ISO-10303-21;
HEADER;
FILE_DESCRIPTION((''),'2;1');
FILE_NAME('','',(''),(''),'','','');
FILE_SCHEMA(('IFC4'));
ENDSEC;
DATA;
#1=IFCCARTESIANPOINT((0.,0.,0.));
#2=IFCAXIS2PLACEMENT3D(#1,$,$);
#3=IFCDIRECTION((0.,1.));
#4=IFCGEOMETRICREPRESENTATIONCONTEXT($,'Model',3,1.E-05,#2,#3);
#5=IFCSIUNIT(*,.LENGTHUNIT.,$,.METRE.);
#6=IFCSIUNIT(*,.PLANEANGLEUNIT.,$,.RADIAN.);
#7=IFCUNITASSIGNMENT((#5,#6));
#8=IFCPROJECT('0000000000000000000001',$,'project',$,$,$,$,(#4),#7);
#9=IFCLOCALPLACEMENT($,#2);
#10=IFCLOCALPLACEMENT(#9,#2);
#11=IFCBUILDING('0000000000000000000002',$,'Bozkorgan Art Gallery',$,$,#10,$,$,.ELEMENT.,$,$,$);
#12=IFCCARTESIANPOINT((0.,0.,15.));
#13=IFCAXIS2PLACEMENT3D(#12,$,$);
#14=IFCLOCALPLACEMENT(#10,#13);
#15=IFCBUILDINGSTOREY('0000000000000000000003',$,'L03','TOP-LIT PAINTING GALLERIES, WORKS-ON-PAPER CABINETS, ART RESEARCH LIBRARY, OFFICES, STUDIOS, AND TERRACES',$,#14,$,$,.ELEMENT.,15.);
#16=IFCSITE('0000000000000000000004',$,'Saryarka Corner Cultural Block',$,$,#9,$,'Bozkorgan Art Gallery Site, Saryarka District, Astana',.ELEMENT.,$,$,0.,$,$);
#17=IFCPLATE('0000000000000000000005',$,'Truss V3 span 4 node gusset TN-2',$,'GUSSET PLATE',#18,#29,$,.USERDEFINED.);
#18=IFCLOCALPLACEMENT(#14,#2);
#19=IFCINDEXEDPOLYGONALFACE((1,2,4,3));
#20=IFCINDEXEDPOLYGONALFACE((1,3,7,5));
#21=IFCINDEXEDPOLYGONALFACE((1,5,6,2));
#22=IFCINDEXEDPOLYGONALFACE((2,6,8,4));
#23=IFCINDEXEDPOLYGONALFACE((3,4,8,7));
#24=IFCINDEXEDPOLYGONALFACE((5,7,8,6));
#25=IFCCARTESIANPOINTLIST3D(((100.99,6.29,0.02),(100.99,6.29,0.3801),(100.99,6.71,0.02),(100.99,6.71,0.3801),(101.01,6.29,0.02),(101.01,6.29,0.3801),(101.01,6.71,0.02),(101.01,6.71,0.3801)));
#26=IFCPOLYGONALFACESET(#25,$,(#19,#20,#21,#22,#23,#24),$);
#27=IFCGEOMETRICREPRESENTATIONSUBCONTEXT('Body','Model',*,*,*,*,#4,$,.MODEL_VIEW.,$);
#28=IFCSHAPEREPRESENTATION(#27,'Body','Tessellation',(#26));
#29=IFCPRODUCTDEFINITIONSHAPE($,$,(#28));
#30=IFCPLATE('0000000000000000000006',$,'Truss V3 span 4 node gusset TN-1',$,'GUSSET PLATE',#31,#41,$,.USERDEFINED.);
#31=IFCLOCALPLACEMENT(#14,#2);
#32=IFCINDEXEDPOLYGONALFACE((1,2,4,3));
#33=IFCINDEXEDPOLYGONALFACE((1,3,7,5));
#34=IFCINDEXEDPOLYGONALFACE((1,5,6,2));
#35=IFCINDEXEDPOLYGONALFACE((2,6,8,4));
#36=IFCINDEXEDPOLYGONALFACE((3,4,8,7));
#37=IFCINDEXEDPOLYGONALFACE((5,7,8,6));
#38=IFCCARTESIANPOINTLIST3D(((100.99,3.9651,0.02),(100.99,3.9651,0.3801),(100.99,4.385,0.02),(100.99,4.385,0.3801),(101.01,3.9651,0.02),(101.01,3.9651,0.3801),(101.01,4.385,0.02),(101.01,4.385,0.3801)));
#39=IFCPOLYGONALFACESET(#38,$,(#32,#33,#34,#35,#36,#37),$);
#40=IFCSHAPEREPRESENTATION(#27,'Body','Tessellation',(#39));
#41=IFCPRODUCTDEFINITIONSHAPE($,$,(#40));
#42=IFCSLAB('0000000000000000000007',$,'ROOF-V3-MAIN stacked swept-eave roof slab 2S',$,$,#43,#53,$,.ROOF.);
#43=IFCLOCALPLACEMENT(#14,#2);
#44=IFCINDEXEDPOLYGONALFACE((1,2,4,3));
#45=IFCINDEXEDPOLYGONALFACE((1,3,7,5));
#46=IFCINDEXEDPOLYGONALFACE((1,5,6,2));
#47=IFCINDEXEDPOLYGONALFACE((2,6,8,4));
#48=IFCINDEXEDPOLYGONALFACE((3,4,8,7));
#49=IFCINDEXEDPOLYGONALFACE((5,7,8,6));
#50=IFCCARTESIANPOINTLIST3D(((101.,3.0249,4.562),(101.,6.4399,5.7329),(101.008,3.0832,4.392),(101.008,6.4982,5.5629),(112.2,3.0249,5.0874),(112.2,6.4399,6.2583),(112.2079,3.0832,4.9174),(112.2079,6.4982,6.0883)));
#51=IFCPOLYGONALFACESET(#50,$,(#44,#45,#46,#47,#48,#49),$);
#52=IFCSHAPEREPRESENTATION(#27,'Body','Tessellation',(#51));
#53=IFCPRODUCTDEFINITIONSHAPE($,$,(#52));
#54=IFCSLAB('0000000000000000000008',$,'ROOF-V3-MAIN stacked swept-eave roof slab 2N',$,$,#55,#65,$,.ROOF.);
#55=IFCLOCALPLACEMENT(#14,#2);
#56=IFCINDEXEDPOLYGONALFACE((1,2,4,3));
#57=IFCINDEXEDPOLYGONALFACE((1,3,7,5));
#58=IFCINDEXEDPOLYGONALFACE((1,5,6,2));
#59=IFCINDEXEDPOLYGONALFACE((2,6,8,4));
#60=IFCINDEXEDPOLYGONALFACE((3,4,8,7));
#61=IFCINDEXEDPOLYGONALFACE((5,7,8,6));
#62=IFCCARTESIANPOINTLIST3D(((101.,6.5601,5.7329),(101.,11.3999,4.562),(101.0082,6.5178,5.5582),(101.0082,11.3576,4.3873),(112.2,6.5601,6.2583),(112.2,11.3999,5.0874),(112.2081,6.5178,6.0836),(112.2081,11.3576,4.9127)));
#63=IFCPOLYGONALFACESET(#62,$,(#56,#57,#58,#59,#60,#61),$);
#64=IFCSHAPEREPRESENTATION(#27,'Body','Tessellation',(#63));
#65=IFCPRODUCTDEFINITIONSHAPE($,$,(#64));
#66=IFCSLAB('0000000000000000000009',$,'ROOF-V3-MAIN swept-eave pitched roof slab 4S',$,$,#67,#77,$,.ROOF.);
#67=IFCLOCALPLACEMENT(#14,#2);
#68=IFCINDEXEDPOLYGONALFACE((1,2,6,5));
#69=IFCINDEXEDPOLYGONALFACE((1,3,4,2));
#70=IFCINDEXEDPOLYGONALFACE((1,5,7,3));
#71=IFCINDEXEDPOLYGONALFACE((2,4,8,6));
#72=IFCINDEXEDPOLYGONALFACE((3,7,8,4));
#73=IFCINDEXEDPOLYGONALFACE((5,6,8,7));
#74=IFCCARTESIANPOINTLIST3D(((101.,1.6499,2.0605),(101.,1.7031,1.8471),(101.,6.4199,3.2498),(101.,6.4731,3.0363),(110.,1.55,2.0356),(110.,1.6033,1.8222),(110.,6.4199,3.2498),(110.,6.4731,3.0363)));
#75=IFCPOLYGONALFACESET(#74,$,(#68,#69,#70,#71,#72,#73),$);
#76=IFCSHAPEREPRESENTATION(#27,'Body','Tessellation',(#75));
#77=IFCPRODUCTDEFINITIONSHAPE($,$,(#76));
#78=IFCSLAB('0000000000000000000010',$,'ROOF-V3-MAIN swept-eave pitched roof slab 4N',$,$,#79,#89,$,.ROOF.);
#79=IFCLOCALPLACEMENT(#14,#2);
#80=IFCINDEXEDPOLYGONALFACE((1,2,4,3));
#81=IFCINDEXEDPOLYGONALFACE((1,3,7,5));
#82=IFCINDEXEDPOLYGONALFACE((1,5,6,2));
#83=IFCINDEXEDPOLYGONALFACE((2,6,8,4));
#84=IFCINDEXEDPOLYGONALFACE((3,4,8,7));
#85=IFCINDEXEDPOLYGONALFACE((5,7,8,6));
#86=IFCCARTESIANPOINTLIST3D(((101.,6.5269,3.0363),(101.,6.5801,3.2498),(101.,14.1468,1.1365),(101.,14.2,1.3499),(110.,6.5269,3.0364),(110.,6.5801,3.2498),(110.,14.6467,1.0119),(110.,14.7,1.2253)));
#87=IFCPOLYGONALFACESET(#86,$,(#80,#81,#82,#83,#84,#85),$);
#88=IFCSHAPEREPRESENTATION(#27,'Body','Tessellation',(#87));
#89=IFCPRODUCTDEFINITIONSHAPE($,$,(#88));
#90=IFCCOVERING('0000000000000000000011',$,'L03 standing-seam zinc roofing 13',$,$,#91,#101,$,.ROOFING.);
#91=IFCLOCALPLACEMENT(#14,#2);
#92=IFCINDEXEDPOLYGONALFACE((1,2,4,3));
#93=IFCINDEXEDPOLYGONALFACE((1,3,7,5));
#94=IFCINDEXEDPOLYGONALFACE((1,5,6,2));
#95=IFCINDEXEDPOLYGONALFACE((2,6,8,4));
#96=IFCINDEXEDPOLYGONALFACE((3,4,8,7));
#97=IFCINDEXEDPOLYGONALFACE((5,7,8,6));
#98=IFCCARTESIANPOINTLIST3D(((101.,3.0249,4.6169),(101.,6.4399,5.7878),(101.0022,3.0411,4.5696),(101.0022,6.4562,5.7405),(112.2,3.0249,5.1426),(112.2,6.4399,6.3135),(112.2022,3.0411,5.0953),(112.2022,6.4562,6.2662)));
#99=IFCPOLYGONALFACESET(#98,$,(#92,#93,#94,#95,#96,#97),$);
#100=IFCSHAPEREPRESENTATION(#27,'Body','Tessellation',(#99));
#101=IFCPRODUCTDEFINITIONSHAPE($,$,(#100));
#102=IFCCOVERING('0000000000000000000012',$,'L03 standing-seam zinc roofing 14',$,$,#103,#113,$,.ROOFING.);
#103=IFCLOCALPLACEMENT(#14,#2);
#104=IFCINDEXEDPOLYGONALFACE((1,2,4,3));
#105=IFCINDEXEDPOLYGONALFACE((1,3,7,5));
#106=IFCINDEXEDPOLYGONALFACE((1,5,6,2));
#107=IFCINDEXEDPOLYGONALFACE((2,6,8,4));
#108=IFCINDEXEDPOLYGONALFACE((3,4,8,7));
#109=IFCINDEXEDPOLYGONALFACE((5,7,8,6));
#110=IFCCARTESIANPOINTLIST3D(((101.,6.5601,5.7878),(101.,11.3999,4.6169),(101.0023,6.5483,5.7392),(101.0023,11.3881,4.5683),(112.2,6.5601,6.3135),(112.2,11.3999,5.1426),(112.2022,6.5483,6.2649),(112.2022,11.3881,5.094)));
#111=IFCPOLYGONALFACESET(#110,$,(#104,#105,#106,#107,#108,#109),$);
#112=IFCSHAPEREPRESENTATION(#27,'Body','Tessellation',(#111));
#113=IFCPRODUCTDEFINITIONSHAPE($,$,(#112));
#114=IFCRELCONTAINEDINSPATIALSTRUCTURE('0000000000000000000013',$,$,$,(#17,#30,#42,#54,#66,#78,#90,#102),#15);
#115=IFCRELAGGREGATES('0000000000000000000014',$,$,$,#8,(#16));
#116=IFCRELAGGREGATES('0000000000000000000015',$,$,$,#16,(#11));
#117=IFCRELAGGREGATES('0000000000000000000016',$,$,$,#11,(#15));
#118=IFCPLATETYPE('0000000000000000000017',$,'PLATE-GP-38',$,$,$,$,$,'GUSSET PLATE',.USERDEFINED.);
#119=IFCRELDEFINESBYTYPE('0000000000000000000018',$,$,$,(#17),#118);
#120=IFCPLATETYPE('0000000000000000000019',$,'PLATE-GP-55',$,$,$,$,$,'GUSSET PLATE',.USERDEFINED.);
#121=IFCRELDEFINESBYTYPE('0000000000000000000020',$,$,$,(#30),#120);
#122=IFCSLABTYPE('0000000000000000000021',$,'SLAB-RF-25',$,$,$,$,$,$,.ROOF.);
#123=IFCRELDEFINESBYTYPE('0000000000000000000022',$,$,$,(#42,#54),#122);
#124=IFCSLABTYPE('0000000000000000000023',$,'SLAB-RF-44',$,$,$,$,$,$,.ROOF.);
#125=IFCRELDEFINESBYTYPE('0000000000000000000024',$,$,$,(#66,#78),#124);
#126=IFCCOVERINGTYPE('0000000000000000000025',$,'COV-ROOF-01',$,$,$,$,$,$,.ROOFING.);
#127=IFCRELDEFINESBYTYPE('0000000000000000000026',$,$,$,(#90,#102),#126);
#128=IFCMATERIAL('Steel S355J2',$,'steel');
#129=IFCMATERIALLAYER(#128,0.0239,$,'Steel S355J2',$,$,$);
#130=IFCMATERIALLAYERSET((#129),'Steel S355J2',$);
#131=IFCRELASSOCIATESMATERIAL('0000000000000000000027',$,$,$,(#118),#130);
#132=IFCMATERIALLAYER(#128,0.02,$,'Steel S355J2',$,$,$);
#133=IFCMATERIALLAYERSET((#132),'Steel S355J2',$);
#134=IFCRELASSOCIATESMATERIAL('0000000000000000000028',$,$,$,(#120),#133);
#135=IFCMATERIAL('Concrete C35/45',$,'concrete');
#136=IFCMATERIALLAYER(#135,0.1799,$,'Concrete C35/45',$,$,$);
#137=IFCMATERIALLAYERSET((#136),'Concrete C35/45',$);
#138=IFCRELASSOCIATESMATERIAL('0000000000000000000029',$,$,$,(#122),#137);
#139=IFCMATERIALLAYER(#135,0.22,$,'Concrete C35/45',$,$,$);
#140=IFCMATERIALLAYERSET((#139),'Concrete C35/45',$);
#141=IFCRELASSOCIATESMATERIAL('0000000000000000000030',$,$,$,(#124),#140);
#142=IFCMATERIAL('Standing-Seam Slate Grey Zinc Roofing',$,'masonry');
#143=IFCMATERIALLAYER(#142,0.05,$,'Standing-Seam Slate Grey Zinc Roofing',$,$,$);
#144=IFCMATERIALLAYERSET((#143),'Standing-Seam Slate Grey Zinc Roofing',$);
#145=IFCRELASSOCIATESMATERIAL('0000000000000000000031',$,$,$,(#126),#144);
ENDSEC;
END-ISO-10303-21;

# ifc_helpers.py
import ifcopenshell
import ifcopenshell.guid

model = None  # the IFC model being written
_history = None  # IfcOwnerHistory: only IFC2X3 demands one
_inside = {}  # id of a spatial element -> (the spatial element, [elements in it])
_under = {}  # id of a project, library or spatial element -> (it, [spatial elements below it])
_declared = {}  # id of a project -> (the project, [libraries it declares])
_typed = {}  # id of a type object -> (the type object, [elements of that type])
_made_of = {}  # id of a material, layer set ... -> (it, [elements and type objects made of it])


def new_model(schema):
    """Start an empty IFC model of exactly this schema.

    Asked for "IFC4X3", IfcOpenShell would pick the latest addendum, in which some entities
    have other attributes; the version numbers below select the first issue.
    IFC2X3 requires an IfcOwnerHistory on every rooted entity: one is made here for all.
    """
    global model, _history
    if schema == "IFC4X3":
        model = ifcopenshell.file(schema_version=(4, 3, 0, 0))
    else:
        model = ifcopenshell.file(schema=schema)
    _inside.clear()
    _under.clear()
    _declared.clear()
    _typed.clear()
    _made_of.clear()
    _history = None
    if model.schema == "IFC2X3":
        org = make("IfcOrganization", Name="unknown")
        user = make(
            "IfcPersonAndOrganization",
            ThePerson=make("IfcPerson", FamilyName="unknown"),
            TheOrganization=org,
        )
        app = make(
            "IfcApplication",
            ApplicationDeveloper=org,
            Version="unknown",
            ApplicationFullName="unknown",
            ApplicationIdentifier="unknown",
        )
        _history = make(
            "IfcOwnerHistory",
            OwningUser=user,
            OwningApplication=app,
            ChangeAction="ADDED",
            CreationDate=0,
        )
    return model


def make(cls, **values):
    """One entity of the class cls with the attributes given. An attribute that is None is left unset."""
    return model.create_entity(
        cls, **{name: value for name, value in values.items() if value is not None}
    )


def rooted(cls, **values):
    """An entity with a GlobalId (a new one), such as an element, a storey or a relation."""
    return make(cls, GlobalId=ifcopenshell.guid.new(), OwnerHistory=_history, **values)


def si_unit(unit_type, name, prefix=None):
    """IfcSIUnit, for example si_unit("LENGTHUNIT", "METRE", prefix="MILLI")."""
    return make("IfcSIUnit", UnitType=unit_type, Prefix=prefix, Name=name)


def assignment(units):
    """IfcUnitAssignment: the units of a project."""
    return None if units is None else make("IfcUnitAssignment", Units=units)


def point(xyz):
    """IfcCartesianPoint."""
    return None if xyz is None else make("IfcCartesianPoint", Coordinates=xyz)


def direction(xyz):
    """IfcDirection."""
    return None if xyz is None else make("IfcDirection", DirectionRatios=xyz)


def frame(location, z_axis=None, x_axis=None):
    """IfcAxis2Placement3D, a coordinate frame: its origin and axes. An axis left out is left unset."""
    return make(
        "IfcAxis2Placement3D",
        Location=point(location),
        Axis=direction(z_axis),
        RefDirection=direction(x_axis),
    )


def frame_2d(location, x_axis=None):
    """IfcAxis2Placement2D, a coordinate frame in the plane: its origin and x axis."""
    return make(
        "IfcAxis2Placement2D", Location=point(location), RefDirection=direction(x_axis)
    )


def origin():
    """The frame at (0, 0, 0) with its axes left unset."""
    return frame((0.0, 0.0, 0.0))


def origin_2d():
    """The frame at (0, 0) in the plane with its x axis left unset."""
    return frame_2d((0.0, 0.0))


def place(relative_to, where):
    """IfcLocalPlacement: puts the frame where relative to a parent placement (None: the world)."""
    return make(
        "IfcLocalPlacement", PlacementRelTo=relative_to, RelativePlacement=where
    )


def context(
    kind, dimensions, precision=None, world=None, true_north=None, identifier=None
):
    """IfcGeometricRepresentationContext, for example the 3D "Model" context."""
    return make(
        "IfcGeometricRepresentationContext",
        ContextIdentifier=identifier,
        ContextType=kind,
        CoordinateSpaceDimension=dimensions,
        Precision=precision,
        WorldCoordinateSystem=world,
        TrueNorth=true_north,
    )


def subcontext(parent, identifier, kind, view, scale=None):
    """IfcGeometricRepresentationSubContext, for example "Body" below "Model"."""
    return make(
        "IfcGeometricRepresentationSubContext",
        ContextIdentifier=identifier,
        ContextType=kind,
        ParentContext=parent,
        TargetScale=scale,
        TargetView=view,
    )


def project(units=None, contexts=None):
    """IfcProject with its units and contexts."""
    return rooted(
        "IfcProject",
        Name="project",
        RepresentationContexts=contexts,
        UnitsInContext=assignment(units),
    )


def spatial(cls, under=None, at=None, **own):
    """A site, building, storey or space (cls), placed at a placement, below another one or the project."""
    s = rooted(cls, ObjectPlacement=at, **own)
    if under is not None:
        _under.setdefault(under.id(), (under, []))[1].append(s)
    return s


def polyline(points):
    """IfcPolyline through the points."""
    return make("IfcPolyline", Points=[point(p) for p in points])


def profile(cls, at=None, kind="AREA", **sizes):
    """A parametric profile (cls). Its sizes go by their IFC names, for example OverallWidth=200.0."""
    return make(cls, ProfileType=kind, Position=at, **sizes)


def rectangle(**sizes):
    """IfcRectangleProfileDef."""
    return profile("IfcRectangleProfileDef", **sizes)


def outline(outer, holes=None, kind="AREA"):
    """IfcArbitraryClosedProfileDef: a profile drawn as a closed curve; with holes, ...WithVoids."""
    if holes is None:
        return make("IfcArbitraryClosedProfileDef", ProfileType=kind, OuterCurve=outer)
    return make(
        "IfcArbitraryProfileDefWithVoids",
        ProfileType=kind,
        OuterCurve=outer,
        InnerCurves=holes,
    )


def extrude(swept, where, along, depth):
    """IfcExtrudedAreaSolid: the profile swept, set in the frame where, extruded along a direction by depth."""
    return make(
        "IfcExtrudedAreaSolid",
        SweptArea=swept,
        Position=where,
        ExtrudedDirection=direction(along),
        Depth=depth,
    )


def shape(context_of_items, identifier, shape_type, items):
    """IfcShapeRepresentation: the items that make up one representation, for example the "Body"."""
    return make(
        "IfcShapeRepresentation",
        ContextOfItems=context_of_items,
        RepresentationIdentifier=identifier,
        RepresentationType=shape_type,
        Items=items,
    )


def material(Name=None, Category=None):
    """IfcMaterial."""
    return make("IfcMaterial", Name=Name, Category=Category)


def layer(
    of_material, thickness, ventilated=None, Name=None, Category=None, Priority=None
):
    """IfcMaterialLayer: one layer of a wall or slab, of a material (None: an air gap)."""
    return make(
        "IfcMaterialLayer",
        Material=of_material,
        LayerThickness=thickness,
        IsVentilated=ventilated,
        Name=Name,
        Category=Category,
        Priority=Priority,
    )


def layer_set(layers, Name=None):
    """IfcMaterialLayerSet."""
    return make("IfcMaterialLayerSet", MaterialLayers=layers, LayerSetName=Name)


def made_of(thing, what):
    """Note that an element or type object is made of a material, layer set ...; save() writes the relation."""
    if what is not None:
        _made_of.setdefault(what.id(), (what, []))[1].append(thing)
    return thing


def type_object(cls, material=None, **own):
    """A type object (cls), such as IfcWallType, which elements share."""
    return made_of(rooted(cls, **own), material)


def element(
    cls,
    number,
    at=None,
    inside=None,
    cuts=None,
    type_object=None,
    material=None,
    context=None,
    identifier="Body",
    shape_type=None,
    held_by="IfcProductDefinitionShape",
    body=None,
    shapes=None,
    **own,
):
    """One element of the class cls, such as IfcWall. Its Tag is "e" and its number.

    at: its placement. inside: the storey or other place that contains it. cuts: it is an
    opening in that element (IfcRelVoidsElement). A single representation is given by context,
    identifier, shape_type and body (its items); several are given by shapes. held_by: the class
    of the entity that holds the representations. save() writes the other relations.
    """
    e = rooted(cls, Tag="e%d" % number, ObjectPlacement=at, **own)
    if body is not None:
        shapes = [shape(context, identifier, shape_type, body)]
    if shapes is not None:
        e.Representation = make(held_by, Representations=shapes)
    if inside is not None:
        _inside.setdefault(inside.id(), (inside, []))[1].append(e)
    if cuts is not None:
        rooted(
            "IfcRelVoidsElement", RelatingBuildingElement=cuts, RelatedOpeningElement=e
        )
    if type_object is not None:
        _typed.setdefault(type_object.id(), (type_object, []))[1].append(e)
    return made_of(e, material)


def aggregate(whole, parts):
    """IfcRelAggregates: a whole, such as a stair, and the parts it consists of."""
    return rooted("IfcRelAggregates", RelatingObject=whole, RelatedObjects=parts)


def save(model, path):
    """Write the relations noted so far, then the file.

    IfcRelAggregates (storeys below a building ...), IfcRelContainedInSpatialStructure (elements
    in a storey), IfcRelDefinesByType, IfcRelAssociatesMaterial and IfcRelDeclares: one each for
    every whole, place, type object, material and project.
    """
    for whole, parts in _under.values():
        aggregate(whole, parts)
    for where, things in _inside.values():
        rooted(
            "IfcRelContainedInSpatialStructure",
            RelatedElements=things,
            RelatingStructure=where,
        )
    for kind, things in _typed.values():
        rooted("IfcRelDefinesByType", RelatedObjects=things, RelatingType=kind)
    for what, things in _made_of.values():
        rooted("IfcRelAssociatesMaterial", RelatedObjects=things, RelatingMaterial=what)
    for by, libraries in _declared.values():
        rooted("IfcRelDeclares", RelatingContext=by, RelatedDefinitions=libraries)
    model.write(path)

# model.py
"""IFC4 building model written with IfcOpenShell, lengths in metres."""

from ifc_helpers import new_model, si_unit, direction, frame, origin, origin_2d, place, context, subcontext, project, spatial, polyline, rectangle, outline, extrude, material, layer, layer_set, type_object, element, save


model = new_model("IFC4")

# Units and contexts
model_context = context("Model", 3, precision=1e-05, world=origin(), true_north=direction((0.0, 1.0)))
body_context = subcontext(model_context, "Body", "Model", "MODEL_VIEW")
ifc_project = project(units=[si_unit("LENGTHUNIT", "METRE"), si_unit("PLANEANGLEUNIT", "RADIAN")], contexts=[model_context])

# Site, building, storey
site_placement = place(None, origin())
site = spatial("IfcSite", under=ifc_project, at=site_placement, Name="Saryarka Corner Cultural Block", LongName="Bozkorgan Art Gallery Site, Saryarka District, Astana", CompositionType="ELEMENT", RefElevation=0.0)
building_placement = place(site_placement, origin())
building = spatial("IfcBuilding", under=site, at=building_placement, Name="Bozkorgan Art Gallery", CompositionType="ELEMENT")
storey_placement = place(building_placement, frame((0.0, 0.0, 15.0)))
storey = spatial("IfcBuildingStorey", under=building, at=storey_placement, Name="L03", Description="TOP-LIT PAINTING GALLERIES, WORKS-ON-PAPER CABINETS, ART RESEARCH LIBRARY, OFFICES, STUDIOS, AND TERRACES", CompositionType="ELEMENT", Elevation=15.0)

# Shared definitions
ifc_material_1 = material(Name="Steel S355J2", Category="steel")

# Plates
ifc_layer_1 = layer(ifc_material_1, 0.0239, Name="Steel S355J2")
ifc_layer_set_1 = layer_set([ifc_layer_1], Name="Steel S355J2")
plate_type_1 = type_object("IfcPlateType", Name="PLATE-GP-38", ElementType="GUSSET PLATE", PredefinedType="USERDEFINED", material=ifc_layer_set_1)
plate_1_placement = place(storey_placement, frame((101.0, 6.5, 0.02), z_axis=(0.0, 0.0, 1.0), x_axis=(1.0, 0.0, 0.0)))
element("IfcPlate", 1, at=plate_1_placement, inside=storey, type_object=plate_type_1, Name="Truss V3 span 4 node gusset TN-2", ObjectType="GUSSET PLATE", PredefinedType="USERDEFINED", context=body_context, shape_type="SweptSolid", body=[
    extrude(rectangle(XDim=0.02, YDim=0.4199, at=origin_2d()), origin(), (0.0, 0.0, 1.0), 0.3601),
])
ifc_layer_2 = layer(ifc_material_1, 0.02, Name="Steel S355J2")
ifc_layer_set_2 = layer_set([ifc_layer_2], Name="Steel S355J2")
plate_type_2 = type_object("IfcPlateType", Name="PLATE-GP-55", ElementType="GUSSET PLATE", PredefinedType="USERDEFINED", material=ifc_layer_set_2)
plate_2_placement = place(storey_placement, frame((101.0, 4.175, 0.02), z_axis=(0.0, 0.0, 1.0), x_axis=(1.0, 0.0, 0.0)))
element("IfcPlate", 2, at=plate_2_placement, inside=storey, type_object=plate_type_2, Name="Truss V3 span 4 node gusset TN-1", ObjectType="GUSSET PLATE", PredefinedType="USERDEFINED", context=body_context, shape_type="SweptSolid", body=[
    extrude(rectangle(XDim=0.02, YDim=0.4199, at=origin_2d()), origin(), (0.0, 0.0, 1.0), 0.3601),
])

# Slabs
ifc_material_2 = material(Name="Concrete C35/45", Category="concrete")
ifc_layer_3 = layer(ifc_material_2, 0.1799, Name="Concrete C35/45")
ifc_layer_set_3 = layer_set([ifc_layer_3], Name="Concrete C35/45")
slab_type_1 = type_object("IfcSlabType", Name="SLAB-RF-25", PredefinedType="ROOF", material=ifc_layer_set_3)
slab_1_placement = place(storey_placement, frame((101.0, 3.0249, 4.562), z_axis=(-0.044331, -0.324012, 0.945014), x_axis=(0.998902, 0.0, 0.046859)))
element("IfcSlab", 3, at=slab_1_placement, inside=storey, type_object=slab_type_1, Name="ROOF-V3-MAIN stacked swept-eave roof slab 2S", PredefinedType="ROOF", context=body_context, shape_type="SweptSolid", body=[
    extrude(outline(polyline([(0.0, 0.0), (11.2123, 0.0), (11.2671, 3.6098), (0.0549, 3.6098), (0.0, 0.0)])), origin(), (0.0, 0.0, -1.0), 0.1799),
])
slab_2_placement = place(storey_placement, frame((101.0, 6.5601, 5.7329), z_axis=(-0.045547, 0.234901, 0.970951), x_axis=(0.998902, 0.0, 0.046859)))
element("IfcSlab", 4, at=slab_2_placement, inside=storey, type_object=slab_type_1, Name="ROOF-V3-MAIN stacked swept-eave roof slab 2N", PredefinedType="ROOF", context=body_context, shape_type="SweptSolid", body=[
    extrude(outline(polyline([(0.0, 0.0), (11.2123, 0.0), (11.1574, 4.9792), (-0.0549, 4.9792), (0.0, 0.0)])), origin(), (0.0, 0.0, -1.0), 0.1799),
])
ifc_layer_4 = layer(ifc_material_2, 0.22, Name="Concrete C35/45")
ifc_layer_set_4 = layer_set([ifc_layer_4], Name="Concrete C35/45")
slab_type_2 = type_object("IfcSlabType", Name="SLAB-RF-44", PredefinedType="ROOF", material=ifc_layer_set_4)
slab_3_placement = place(storey_placement, frame((101.0, 1.6499, 2.0605), z_axis=(0.0, -0.241905, 0.9703), x_axis=(0.999935, -0.011094, -0.002766)))
element("IfcSlab", 5, at=slab_3_placement, inside=storey, type_object=slab_type_2, Name="ROOF-V3-MAIN swept-eave pitched roof slab 4S", PredefinedType="ROOF", context=body_context, shape_type="SweptSolid", body=[
    extrude(outline(polyline([(0.0, 0.0), (9.0006, 0.0), (8.9432, 5.0186), (-0.0562, 4.9157), (0.0, 0.0)])), origin(), (0.0, 0.0, -1.0), 0.22),
])
slab_4_placement = place(storey_placement, frame((101.0, 6.5801, 3.2498), z_axis=(-0.000008, 0.241919, 0.970296), x_axis=(1.0, 0.000002, 0.000008)))
element("IfcSlab", 6, at=slab_4_placement, inside=storey, type_object=slab_type_2, Name="ROOF-V3-MAIN swept-eave pitched roof slab 4N", PredefinedType="ROOF", context=body_context, shape_type="SweptSolid", body=[
    extrude(outline(polyline([(0.0, 0.0), (9.0, 0.0), (9.0, 8.3684), (0.0, 7.8532), (0.0, 0.0)])), origin(), (0.0, 0.0, -1.0), 0.22),
])

# Coverings
ifc_material_3 = material(Name="Standing-Seam Slate Grey Zinc Roofing", Category="masonry")
ifc_layer_5 = layer(ifc_material_3, 0.05, Name="Standing-Seam Slate Grey Zinc Roofing")
ifc_layer_set_5 = layer_set([ifc_layer_5], Name="Standing-Seam Slate Grey Zinc Roofing")
covering_type = type_object("IfcCoveringType", Name="COV-ROOF-01", PredefinedType="ROOFING", material=ifc_layer_set_5)
covering_1_placement = place(storey_placement, frame((101.0, 3.0249, 4.6169), z_axis=(-0.044351, -0.324012, 0.945013), x_axis=(0.998901, 0.0, 0.04688)))
element("IfcCovering", 7, at=covering_1_placement, inside=storey, type_object=covering_type, Name="L03 standing-seam zinc roofing 13", PredefinedType="ROOFING", context=body_context, shape_type="SweptSolid", body=[
    extrude(outline(polyline([(0.0, 0.0), (11.2123, 0.0), (11.2672, 3.6098), (0.0549, 3.6098), (0.0, 0.0)])), origin(), (0.0, 0.0, -1.0), 0.05),
])
covering_2_placement = place(storey_placement, frame((101.0, 6.5601, 5.7878), z_axis=(-0.045569, 0.234901, 0.970951), x_axis=(0.998901, 0.0, 0.04688)))
element("IfcCovering", 8, at=covering_2_placement, inside=storey, type_object=covering_type, Name="L03 standing-seam zinc roofing 14", PredefinedType="ROOFING", context=body_context, shape_type="SweptSolid", body=[
    extrude(outline(polyline([(0.0, 0.0), (11.2123, 0.0), (11.1574, 4.9792), (-0.0549, 4.9792), (0.0, 0.0)])), origin(), (0.0, 0.0, -1.0), 0.05),
])

save(model, "model.ifc")
